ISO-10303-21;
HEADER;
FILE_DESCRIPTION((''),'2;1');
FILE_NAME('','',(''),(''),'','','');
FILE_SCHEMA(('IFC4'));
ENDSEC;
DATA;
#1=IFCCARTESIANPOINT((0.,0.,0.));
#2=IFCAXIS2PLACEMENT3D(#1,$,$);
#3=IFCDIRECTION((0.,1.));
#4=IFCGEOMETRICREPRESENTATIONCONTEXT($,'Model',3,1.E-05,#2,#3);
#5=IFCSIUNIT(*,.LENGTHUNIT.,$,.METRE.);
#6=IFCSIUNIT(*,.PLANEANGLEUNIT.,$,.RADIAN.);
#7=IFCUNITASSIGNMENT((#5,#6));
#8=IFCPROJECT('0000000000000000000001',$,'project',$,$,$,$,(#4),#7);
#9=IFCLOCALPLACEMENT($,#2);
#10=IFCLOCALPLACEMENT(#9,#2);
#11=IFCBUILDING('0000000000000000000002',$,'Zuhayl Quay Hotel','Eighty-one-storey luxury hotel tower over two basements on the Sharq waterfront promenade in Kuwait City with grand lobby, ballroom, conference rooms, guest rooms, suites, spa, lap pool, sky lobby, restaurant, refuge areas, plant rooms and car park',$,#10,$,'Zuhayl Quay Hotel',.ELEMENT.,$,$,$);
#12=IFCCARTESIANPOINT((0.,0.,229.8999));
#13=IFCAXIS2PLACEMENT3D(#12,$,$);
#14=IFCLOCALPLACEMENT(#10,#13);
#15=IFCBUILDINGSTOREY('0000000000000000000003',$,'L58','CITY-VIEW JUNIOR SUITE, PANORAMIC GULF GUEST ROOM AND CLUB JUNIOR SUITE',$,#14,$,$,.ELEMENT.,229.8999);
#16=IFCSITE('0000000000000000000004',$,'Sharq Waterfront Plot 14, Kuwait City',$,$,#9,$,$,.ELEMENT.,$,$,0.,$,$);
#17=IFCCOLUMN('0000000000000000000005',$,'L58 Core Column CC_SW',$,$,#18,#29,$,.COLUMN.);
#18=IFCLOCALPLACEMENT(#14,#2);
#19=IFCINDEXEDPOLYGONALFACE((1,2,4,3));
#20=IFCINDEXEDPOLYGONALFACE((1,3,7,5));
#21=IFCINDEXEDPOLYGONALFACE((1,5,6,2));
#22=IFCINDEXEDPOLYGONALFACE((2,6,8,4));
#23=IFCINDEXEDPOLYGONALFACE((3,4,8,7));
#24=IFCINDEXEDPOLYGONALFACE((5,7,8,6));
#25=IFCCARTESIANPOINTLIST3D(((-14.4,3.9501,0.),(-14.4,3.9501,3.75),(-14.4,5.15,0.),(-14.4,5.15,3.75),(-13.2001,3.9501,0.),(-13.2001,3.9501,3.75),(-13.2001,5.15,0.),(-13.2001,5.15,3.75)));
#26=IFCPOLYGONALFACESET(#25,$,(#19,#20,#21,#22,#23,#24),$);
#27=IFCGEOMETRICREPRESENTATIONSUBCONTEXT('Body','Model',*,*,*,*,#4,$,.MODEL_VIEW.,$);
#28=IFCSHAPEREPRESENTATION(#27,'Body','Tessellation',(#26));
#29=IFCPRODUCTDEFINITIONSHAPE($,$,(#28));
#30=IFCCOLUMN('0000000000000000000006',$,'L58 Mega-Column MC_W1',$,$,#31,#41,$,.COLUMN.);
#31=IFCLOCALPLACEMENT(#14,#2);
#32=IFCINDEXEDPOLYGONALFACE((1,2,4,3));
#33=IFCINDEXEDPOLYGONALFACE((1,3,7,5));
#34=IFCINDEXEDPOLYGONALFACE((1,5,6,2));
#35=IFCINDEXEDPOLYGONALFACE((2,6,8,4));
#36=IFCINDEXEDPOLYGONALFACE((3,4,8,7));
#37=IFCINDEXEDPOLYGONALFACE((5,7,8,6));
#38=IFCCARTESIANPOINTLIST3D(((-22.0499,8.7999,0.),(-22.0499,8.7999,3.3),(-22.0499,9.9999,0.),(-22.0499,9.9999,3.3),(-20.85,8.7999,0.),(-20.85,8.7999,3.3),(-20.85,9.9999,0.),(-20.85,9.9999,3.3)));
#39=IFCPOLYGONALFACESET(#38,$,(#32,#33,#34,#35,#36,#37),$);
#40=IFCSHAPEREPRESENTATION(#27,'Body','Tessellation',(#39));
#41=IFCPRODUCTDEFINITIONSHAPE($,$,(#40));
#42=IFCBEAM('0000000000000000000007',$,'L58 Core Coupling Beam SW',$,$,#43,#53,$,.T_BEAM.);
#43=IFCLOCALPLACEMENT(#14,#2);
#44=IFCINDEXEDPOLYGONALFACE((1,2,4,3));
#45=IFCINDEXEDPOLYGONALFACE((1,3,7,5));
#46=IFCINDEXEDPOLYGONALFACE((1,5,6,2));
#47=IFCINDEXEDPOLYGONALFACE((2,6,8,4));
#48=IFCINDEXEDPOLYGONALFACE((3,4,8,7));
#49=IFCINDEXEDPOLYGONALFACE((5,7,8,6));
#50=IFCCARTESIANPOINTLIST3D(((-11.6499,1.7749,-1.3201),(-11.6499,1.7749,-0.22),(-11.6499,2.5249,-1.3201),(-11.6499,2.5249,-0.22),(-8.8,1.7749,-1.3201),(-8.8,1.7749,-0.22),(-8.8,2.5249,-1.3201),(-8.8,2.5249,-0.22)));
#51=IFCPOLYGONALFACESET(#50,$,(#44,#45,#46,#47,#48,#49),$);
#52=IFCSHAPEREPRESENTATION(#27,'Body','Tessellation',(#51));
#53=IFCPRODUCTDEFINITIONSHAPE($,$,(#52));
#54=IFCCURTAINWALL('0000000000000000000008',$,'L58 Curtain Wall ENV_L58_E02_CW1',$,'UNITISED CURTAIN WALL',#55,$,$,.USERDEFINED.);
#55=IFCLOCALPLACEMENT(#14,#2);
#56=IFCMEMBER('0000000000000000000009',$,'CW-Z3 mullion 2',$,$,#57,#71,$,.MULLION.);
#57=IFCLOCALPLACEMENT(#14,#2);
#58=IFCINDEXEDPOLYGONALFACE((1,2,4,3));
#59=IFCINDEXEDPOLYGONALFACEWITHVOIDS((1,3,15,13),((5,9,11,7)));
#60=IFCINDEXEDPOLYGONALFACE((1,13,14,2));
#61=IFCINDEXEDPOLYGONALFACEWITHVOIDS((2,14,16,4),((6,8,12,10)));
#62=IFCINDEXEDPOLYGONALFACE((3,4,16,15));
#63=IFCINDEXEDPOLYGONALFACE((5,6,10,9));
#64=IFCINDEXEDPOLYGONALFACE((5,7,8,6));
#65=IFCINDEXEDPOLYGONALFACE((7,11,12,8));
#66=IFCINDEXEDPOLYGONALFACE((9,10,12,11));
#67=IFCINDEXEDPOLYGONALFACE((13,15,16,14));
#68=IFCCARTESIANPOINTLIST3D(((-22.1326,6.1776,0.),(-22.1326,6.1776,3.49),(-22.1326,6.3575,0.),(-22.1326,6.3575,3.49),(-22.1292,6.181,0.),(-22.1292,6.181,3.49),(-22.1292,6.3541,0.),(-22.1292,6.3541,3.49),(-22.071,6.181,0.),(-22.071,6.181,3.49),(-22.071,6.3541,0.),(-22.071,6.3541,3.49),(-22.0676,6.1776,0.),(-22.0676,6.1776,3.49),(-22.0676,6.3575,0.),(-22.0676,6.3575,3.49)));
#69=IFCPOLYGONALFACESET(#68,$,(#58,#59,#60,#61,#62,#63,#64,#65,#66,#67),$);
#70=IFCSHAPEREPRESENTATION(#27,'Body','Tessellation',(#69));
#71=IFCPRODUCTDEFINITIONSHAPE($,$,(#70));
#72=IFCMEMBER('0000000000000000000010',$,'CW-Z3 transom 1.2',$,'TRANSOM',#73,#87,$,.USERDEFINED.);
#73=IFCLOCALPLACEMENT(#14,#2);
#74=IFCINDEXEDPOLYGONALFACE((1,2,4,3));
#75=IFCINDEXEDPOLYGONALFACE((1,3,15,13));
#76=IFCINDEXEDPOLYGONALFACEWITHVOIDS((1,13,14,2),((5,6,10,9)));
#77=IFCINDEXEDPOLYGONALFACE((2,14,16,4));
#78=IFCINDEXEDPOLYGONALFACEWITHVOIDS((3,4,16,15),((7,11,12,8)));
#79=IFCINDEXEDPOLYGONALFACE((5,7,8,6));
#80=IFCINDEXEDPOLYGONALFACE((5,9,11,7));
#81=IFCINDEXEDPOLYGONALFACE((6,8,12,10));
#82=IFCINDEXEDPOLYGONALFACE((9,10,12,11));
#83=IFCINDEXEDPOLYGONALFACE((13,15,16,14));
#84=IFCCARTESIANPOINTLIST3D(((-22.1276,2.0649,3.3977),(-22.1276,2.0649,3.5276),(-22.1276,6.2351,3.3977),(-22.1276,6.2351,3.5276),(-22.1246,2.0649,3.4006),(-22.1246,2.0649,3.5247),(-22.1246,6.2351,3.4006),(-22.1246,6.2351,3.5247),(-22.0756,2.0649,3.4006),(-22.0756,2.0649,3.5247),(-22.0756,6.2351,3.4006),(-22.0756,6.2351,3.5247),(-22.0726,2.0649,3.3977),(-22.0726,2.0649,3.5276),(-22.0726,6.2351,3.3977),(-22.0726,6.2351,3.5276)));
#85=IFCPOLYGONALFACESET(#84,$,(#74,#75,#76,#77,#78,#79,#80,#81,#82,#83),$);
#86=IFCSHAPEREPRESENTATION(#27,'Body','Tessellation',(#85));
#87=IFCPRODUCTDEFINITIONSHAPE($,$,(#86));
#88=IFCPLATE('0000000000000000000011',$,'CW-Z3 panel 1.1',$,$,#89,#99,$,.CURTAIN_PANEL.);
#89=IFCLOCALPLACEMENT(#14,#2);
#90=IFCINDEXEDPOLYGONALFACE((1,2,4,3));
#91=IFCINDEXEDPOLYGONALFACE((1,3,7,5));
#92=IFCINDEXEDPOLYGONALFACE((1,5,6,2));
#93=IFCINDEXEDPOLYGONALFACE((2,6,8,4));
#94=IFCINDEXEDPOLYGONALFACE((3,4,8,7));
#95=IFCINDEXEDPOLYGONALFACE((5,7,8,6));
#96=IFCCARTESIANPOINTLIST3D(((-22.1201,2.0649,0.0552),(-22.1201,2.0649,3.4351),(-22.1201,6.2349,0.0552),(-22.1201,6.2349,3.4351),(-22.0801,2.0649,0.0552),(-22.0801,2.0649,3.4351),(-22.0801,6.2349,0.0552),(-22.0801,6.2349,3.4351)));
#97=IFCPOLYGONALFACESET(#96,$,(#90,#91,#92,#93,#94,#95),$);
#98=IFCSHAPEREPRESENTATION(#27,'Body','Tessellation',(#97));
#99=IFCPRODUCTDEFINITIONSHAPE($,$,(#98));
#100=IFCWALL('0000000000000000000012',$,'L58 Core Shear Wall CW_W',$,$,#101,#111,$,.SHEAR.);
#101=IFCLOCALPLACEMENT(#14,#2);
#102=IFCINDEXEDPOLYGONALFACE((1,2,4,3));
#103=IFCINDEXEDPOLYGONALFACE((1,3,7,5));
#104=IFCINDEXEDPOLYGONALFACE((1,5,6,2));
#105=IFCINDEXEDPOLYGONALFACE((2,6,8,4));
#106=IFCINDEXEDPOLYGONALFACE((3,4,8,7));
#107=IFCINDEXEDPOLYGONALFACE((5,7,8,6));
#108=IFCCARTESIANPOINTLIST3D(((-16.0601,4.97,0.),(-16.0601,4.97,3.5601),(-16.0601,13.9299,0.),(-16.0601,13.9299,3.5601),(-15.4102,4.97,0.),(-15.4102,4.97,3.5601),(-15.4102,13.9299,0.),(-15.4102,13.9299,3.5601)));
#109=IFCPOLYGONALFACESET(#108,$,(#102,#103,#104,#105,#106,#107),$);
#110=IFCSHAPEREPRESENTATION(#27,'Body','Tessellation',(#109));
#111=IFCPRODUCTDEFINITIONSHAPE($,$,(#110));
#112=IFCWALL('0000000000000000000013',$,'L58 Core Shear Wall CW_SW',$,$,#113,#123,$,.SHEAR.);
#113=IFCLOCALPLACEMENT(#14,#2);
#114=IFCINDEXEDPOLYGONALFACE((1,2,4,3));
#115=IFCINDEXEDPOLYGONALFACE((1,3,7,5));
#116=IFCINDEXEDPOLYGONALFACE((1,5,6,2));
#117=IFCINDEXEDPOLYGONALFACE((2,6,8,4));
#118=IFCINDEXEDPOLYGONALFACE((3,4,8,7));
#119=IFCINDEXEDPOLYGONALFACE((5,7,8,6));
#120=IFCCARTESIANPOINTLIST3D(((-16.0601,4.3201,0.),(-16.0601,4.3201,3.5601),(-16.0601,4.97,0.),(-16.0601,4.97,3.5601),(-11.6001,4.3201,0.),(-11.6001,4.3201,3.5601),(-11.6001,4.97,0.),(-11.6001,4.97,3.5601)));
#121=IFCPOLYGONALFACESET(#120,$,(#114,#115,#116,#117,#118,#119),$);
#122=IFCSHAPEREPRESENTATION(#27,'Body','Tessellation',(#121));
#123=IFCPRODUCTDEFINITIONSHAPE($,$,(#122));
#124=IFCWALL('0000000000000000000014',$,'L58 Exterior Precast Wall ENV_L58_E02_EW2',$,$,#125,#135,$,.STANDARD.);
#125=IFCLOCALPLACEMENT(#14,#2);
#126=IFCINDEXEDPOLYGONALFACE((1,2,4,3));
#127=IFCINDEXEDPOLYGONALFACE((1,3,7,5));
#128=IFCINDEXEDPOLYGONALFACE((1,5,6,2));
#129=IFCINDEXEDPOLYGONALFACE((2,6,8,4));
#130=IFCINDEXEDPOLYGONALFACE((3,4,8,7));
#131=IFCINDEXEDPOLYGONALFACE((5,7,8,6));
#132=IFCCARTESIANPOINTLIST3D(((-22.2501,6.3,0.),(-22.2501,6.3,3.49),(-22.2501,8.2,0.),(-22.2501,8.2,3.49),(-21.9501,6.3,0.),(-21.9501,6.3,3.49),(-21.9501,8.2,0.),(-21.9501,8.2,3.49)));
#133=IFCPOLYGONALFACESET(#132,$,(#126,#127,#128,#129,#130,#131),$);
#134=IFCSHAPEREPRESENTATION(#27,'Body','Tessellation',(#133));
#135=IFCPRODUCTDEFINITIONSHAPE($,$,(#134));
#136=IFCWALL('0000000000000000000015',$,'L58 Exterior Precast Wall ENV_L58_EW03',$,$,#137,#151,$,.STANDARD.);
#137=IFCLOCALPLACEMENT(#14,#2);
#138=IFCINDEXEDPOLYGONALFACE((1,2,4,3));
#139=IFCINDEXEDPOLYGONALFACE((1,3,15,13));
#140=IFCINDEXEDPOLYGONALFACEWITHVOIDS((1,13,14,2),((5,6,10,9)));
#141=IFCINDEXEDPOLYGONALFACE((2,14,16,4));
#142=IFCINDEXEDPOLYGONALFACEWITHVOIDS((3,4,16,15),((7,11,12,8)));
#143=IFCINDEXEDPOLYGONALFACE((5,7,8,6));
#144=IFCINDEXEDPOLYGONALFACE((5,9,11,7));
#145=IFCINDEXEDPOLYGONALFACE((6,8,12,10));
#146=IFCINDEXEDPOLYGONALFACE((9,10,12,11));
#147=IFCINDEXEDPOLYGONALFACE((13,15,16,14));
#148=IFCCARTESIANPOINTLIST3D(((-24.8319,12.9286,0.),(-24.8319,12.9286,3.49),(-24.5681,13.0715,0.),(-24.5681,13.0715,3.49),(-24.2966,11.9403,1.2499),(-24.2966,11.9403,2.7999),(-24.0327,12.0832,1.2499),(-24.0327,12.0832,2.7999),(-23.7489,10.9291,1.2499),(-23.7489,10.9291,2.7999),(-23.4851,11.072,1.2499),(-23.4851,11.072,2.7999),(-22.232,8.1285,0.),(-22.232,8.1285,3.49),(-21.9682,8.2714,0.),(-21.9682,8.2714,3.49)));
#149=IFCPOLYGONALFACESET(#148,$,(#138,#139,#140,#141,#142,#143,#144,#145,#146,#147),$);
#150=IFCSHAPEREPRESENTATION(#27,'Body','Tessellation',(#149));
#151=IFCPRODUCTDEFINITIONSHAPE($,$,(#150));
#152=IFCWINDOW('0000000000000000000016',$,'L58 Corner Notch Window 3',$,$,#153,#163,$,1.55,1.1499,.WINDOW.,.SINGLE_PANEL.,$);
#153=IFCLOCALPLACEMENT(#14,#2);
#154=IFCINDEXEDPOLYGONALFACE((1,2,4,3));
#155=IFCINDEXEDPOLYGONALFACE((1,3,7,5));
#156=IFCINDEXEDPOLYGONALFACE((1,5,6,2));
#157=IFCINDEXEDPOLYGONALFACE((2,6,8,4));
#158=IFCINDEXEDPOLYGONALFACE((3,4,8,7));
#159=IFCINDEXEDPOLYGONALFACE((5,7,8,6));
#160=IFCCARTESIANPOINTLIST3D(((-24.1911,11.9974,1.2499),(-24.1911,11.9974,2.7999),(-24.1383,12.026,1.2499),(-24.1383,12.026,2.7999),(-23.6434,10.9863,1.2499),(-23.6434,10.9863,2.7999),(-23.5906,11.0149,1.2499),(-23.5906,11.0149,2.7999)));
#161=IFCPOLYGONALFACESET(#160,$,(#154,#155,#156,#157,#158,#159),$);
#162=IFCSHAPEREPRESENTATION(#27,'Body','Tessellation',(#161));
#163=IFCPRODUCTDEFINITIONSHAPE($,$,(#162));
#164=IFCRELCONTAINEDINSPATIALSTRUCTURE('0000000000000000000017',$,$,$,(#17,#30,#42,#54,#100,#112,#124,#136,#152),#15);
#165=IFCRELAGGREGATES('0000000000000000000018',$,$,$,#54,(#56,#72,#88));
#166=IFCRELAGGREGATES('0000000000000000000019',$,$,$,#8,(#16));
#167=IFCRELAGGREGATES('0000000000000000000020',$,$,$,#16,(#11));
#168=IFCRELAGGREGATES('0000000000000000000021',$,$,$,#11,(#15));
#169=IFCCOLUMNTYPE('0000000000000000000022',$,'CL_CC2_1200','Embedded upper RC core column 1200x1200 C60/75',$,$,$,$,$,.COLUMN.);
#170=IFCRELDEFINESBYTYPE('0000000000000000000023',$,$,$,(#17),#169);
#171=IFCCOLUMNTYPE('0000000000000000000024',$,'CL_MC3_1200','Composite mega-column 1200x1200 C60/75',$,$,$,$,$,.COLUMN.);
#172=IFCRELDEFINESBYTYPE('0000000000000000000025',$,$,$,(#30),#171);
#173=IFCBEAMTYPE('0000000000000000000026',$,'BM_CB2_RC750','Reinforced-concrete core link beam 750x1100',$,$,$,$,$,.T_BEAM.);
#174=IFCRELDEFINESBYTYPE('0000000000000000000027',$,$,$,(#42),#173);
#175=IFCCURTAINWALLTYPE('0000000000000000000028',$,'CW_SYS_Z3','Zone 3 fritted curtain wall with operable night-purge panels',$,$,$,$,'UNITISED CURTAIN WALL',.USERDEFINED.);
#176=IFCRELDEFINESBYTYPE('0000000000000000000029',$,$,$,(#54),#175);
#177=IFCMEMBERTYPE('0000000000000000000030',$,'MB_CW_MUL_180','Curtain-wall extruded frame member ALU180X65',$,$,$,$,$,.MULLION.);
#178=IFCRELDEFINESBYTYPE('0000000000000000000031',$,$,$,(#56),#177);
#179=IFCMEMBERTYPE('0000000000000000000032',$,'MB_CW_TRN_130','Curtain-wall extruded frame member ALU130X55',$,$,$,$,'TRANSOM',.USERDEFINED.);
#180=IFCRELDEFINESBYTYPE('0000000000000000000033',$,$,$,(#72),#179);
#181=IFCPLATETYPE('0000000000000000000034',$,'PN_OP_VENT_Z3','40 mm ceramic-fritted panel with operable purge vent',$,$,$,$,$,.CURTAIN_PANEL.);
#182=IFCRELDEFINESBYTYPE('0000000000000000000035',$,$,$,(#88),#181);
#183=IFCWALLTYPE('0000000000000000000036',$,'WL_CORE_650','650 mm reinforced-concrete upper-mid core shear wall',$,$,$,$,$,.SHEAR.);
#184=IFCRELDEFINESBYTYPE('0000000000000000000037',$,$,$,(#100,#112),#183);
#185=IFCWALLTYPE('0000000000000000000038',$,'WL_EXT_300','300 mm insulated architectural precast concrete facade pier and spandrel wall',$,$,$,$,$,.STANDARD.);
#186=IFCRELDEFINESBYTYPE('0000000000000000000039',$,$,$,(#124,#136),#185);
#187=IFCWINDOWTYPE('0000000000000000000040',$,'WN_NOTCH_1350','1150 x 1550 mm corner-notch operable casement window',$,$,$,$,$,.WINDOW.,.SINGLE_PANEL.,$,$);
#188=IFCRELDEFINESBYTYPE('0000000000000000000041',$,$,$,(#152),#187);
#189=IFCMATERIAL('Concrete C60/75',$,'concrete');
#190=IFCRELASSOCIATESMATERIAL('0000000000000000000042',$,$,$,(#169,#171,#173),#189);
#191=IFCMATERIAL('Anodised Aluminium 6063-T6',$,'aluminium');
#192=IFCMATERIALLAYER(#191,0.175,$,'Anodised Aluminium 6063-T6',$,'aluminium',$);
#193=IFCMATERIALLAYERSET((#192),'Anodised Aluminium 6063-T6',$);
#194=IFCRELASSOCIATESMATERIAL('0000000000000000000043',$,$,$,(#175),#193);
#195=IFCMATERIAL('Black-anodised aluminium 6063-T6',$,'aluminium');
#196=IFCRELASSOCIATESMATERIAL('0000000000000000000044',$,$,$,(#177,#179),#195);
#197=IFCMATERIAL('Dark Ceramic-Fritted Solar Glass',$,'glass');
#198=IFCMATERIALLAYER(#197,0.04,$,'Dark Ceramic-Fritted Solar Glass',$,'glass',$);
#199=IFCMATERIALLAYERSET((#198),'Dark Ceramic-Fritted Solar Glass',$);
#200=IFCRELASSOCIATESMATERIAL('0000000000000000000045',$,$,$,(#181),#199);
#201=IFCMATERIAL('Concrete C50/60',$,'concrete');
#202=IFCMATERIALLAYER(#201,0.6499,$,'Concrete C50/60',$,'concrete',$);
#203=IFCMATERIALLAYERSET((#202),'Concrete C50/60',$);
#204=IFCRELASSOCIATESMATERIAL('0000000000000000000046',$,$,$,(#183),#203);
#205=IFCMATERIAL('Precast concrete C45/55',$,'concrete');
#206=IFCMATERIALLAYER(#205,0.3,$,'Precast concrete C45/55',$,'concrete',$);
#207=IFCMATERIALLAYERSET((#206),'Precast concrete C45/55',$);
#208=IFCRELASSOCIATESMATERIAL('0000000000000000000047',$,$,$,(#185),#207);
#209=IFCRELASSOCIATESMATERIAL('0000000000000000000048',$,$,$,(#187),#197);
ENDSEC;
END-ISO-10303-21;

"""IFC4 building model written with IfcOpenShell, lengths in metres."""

from ifc_helpers import new_model, si_unit, direction, frame, frame_2d, origin, origin_2d, place, context, subcontext, project, spatial, rectangle, hollow_rectangle, extrude, material, layer, layer_set, material_profile, profile_set, type_object, element, fill, aggregate, save


model = new_model("IFC4")

# Units and contexts
model_context = context("Model", 3, precision=1e-05, world=origin(), true_north=direction((0.0, 1.0)))
body_context = subcontext(model_context, "Body", "Model", "MODEL_VIEW")
ifc_project = project(units=[si_unit("LENGTHUNIT", "METRE"), si_unit("PLANEANGLEUNIT", "RADIAN")], contexts=[model_context])

# Site, building, storey
site_placement = place(None, origin())
site = spatial("IfcSite", under=ifc_project, at=site_placement, Name="Sharq Waterfront Plot 14, Kuwait City", CompositionType="ELEMENT", RefElevation=0.0)
building_placement = place(site_placement, origin())
building = spatial("IfcBuilding", under=site, at=building_placement, Name="Zuhayl Quay Hotel", Description="Eighty-one-storey luxury hotel tower over two basements on the Sharq waterfront promenade in Kuwait City with grand lobby, ballroom, conference rooms, guest rooms, suites, spa, lap pool, sky lobby, restaurant, refuge areas, plant rooms and car park", LongName="Zuhayl Quay Hotel", CompositionType="ELEMENT")
storey_placement = place(building_placement, frame((0.0, 0.0, 229.8999)))
storey = spatial("IfcBuildingStorey", under=building, at=storey_placement, Name="L58", Description="CITY-VIEW JUNIOR SUITE, PANORAMIC GULF GUEST ROOM AND CLUB JUNIOR SUITE", CompositionType="ELEMENT", Elevation=229.8999)

# Columns
ifc_material_1 = material(Name="Concrete C60/75", Category="concrete")
ifc_material_profile_1 = material_profile(ifc_material_1, rectangle(XDim=1.2, YDim=1.2, at=origin_2d()), Name="RC1200X1200")
ifc_profile_set_1 = profile_set([ifc_material_profile_1], Name="Concrete C60/75")
column_type_1 = type_object("IfcColumnType", Name="CL_CC2_1200", Description="Embedded upper RC core column 1200x1200 C60/75", PredefinedType="COLUMN", material=ifc_profile_set_1)
column_1_placement = place(storey_placement, frame((-13.8, 4.55, 0.0), z_axis=(0.0, 0.0, 1.0), x_axis=(1.0, 0.0, 0.0)))
element("IfcColumn", 1, at=column_1_placement, inside=storey, type_object=column_type_1, Name="L58 Core Column CC_SW", PredefinedType="COLUMN", context=body_context, shape_type="SweptSolid", body=[
    extrude(rectangle(XDim=1.2, YDim=1.2, at=origin_2d()), origin(), (0.0, 0.0, 1.0), 3.75),
])
ifc_material_profile_2 = material_profile(ifc_material_1, rectangle(XDim=1.2, YDim=1.2, at=origin_2d()), Name="RC1200X1200")
ifc_profile_set_2 = profile_set([ifc_material_profile_2], Name="Concrete C60/75")
column_type_2 = type_object("IfcColumnType", Name="CL_MC3_1200", Description="Composite mega-column 1200x1200 C60/75", PredefinedType="COLUMN", material=ifc_profile_set_2)
column_2_placement = place(storey_placement, frame((-21.45, 9.3999, 0.0), z_axis=(0.0, 0.0, 1.0), x_axis=(1.0, 0.0, 0.0)))
element("IfcColumn", 2, at=column_2_placement, inside=storey, type_object=column_type_2, Name="L58 Mega-Column MC_W1", PredefinedType="COLUMN", context=body_context, shape_type="SweptSolid", body=[
    extrude(rectangle(XDim=1.2, YDim=1.2, at=origin_2d()), origin(), (0.0, 0.0, 1.0), 3.3),
])

# Beam
ifc_material_profile_3 = material_profile(ifc_material_1, rectangle(XDim=0.75, YDim=1.1001, at=origin_2d()), Name="RC750X1100")
ifc_profile_set_3 = profile_set([ifc_material_profile_3], Name="Concrete C60/75")
beam_type = type_object("IfcBeamType", Name="BM_CB2_RC750", Description="Reinforced-concrete core link beam 750x1100", PredefinedType="T_BEAM", material=ifc_profile_set_3)
beam_placement = place(storey_placement, frame((-11.6499, 2.1499, -0.77), z_axis=(1.0, 0.0, 0.0), x_axis=(0.0, 1.0, 0.0)))
element("IfcBeam", 3, at=beam_placement, inside=storey, type_object=beam_type, Name="L58 Core Coupling Beam SW", PredefinedType="T_BEAM", context=body_context, shape_type="SweptSolid", body=[
    extrude(rectangle(XDim=0.75, YDim=1.1001, at=origin_2d()), origin(), (0.0, 0.0, 1.0), 2.8499),
])

# Curtain wall, members, plate
ifc_material_2 = material(Name="Anodised Aluminium 6063-T6", Category="aluminium")
ifc_layer_1 = layer(ifc_material_2, 0.175, Name="Anodised Aluminium 6063-T6", Category="aluminium")
ifc_layer_set_1 = layer_set([ifc_layer_1], Name="Anodised Aluminium 6063-T6")
curtain_wall_type = type_object("IfcCurtainWallType", Name="CW_SYS_Z3", Description="Zone 3 fritted curtain wall with operable night-purge panels", ElementType="UNITISED CURTAIN WALL", PredefinedType="USERDEFINED", material=ifc_layer_set_1)
curtain_wall_placement = place(storey_placement, origin())
curtain_wall = element("IfcCurtainWall", 4, at=curtain_wall_placement, inside=storey, type_object=curtain_wall_type, Name="L58 Curtain Wall ENV_L58_E02_CW1", ObjectType="UNITISED CURTAIN WALL", PredefinedType="USERDEFINED")
ifc_material_3 = material(Name="Black-anodised aluminium 6063-T6", Category="aluminium")
ifc_material_profile_4 = material_profile(ifc_material_3, hollow_rectangle(XDim=0.0649, YDim=0.1799, WallThickness=0.0034, at=origin_2d()), Name="ALU180X65")
ifc_profile_set_4 = profile_set([ifc_material_profile_4], Name="Black-anodised aluminium 6063-T6")
member_type_1 = type_object("IfcMemberType", Name="MB_CW_MUL_180", Description="Curtain-wall extruded frame member ALU180X65", PredefinedType="MULLION", material=ifc_profile_set_4)
member_1_placement = place(storey_placement, frame((-22.1001, 6.2676, 0.0), z_axis=(0.0, 0.0, 1.0), x_axis=(-1.0, 0.0, 0.0)))
member_1 = element("IfcMember", 5, at=member_1_placement, type_object=member_type_1, Name="CW-Z3 mullion 2", PredefinedType="MULLION", context=body_context, shape_type="SweptSolid", body=[
    extrude(hollow_rectangle(XDim=0.0649, YDim=0.1799, WallThickness=0.0034, at=origin_2d()), origin(), (0.0, 0.0, 1.0), 3.49),
])
ifc_material_profile_5 = material_profile(ifc_material_3, hollow_rectangle(XDim=0.0549, YDim=0.1299, WallThickness=0.0029, at=origin_2d()), Name="ALU130X55")
ifc_profile_set_5 = profile_set([ifc_material_profile_5], Name="Black-anodised aluminium 6063-T6")
member_type_2 = type_object("IfcMemberType", Name="MB_CW_TRN_130", Description="Curtain-wall extruded frame member ALU130X55", ElementType="TRANSOM", PredefinedType="USERDEFINED", material=ifc_profile_set_5)
member_2_placement = place(storey_placement, frame((-22.1001, 2.0649, 3.4626), z_axis=(0.0, 1.0, 0.0), x_axis=(-1.0, 0.0, 0.0)))
member_2 = element("IfcMember", 6, at=member_2_placement, type_object=member_type_2, Name="CW-Z3 transom 1.2", ObjectType="TRANSOM", PredefinedType="USERDEFINED", context=body_context, shape_type="SweptSolid", body=[
    extrude(hollow_rectangle(XDim=0.0549, YDim=0.1299, WallThickness=0.0029, at=origin_2d()), origin(), (0.0, 0.0, 1.0), 4.1702),
])
ifc_material_4 = material(Name="Dark Ceramic-Fritted Solar Glass", Category="glass")
ifc_layer_2 = layer(ifc_material_4, 0.04, Name="Dark Ceramic-Fritted Solar Glass", Category="glass")
ifc_layer_set_2 = layer_set([ifc_layer_2], Name="Dark Ceramic-Fritted Solar Glass")
plate_type = type_object("IfcPlateType", Name="PN_OP_VENT_Z3", Description="40 mm ceramic-fritted panel with operable purge vent", PredefinedType="CURTAIN_PANEL", material=ifc_layer_set_2)
plate_placement = place(storey_placement, frame((-22.1001, 4.1499, 0.0552), z_axis=(0.0, 0.0, 1.0), x_axis=(0.0, 1.0, 0.0)))
plate = element("IfcPlate", 7, at=plate_placement, type_object=plate_type, Name="CW-Z3 panel 1.1", PredefinedType="CURTAIN_PANEL", context=body_context, shape_type="SweptSolid", body=[
    extrude(rectangle(XDim=4.1699, YDim=0.04, at=origin_2d()), origin(), (0.0, 0.0, 1.0), 3.3799),
])
aggregate(curtain_wall, [member_1, member_2, plate])

# Walls
ifc_material_5 = material(Name="Concrete C50/60", Category="concrete")
ifc_layer_3 = layer(ifc_material_5, 0.6499, Name="Concrete C50/60", Category="concrete")
ifc_layer_set_3 = layer_set([ifc_layer_3], Name="Concrete C50/60")
wall_type_1 = type_object("IfcWallType", Name="WL_CORE_650", Description="650 mm reinforced-concrete upper-mid core shear wall", PredefinedType="SHEAR", material=ifc_layer_set_3)
wall_1_placement = place(storey_placement, frame((-15.7351, 4.97, 0.0), z_axis=(0.0, 0.0, 1.0), x_axis=(0.0, 1.0, 0.0)))
element("IfcWall", 8, at=wall_1_placement, inside=storey, type_object=wall_type_1, Name="L58 Core Shear Wall CW_W", PredefinedType="SHEAR", context=body_context, shape_type="SweptSolid", body=[
    extrude(rectangle(XDim=8.96, YDim=0.6499, at=frame_2d((4.48, 0.0))), origin(), (0.0, 0.0, 1.0), 3.5601),
])
wall_2_placement = place(storey_placement, frame((-16.0601, 4.645, 0.0), z_axis=(0.0, 0.0, 1.0), x_axis=(1.0, 0.0, 0.0)))
element("IfcWall", 9, at=wall_2_placement, inside=storey, type_object=wall_type_1, Name="L58 Core Shear Wall CW_SW", PredefinedType="SHEAR", context=body_context, shape_type="SweptSolid", body=[
    extrude(rectangle(XDim=4.46, YDim=0.6499, at=frame_2d((2.23, 0.0))), origin(), (0.0, 0.0, 1.0), 3.5601),
])
ifc_material_6 = material(Name="Precast concrete C45/55", Category="concrete")
ifc_layer_4 = layer(ifc_material_6, 0.3, Name="Precast concrete C45/55", Category="concrete")
ifc_layer_set_4 = layer_set([ifc_layer_4], Name="Precast concrete C45/55")
wall_type_2 = type_object("IfcWallType", Name="WL_EXT_300", Description="300 mm insulated architectural precast concrete facade pier and spandrel wall", PredefinedType="STANDARD", material=ifc_layer_set_4)
wall_3_placement = place(storey_placement, frame((-22.1001, 6.3, 0.0), z_axis=(0.0, 0.0, 1.0), x_axis=(0.0, 1.0, 0.0)))
element("IfcWall", 10, at=wall_3_placement, inside=storey, type_object=wall_type_2, Name="L58 Exterior Precast Wall ENV_L58_E02_EW2", PredefinedType="STANDARD", context=body_context, shape_type="SweptSolid", body=[
    extrude(rectangle(XDim=1.8999, YDim=0.3, at=frame_2d((0.95, 0.0))), origin(), (0.0, 0.0, 1.0), 3.49),
])

# Wall, opening, window
wall_4_placement = place(storey_placement, frame((-22.1001, 8.2, 0.0), z_axis=(0.0, 0.0, 1.0), x_axis=(-0.476259, 0.879305, 0.0)))
wall_4 = element("IfcWall", 11, at=wall_4_placement, inside=storey, type_object=wall_type_2, Name="L58 Exterior Precast Wall ENV_L58_EW03", PredefinedType="STANDARD", context=body_context, shape_type="SweptSolid", body=[
    extrude(rectangle(XDim=5.459, YDim=0.3, at=frame_2d((2.7295, 0.0))), origin(), (0.0, 0.0, 1.0), 3.49),
])
opening_1_placement = place(wall_4_placement, frame((3.1851, 0.0, 1.25)))
opening_1 = element("IfcOpeningElement", 12, at=opening_1_placement, cuts=wall_4, PredefinedType="OPENING", context=body_context, shape_type="SweptSolid", body=[
    extrude(rectangle(XDim=1.1499, YDim=1.55, at=frame_2d((0.575, 0.7749))), frame((0.0, 0.1599, 0.0), z_axis=(0.0, -1.0, 0.0), x_axis=(1.0, 0.0, 0.0)), (0.0, 0.0, 1.0), 0.3201),
])
window_type = type_object("IfcWindowType", Name="WN_NOTCH_1350", Description="1150 x 1550 mm corner-notch operable casement window", PartitioningType="SINGLE_PANEL", PredefinedType="WINDOW", material=ifc_material_4)
window_placement = place(opening_1_placement, origin())
window = element("IfcWindow", 13, at=window_placement, inside=storey, type_object=window_type, Name="L58 Corner Notch Window 3", OverallHeight=1.55, OverallWidth=1.1499, PartitioningType="SINGLE_PANEL", PredefinedType="WINDOW", context=body_context, shape_type="SweptSolid", body=[
    extrude(rectangle(XDim=1.1499, YDim=1.55, at=frame_2d((0.575, 0.7749))), frame((0.0, 0.03, 0.0), z_axis=(0.0, -1.0, 0.0), x_axis=(1.0, 0.0, 0.0)), (0.0, 0.0, 1.0), 0.0601),
])
fill(opening_1, window)

save(model, "model.ifc")
